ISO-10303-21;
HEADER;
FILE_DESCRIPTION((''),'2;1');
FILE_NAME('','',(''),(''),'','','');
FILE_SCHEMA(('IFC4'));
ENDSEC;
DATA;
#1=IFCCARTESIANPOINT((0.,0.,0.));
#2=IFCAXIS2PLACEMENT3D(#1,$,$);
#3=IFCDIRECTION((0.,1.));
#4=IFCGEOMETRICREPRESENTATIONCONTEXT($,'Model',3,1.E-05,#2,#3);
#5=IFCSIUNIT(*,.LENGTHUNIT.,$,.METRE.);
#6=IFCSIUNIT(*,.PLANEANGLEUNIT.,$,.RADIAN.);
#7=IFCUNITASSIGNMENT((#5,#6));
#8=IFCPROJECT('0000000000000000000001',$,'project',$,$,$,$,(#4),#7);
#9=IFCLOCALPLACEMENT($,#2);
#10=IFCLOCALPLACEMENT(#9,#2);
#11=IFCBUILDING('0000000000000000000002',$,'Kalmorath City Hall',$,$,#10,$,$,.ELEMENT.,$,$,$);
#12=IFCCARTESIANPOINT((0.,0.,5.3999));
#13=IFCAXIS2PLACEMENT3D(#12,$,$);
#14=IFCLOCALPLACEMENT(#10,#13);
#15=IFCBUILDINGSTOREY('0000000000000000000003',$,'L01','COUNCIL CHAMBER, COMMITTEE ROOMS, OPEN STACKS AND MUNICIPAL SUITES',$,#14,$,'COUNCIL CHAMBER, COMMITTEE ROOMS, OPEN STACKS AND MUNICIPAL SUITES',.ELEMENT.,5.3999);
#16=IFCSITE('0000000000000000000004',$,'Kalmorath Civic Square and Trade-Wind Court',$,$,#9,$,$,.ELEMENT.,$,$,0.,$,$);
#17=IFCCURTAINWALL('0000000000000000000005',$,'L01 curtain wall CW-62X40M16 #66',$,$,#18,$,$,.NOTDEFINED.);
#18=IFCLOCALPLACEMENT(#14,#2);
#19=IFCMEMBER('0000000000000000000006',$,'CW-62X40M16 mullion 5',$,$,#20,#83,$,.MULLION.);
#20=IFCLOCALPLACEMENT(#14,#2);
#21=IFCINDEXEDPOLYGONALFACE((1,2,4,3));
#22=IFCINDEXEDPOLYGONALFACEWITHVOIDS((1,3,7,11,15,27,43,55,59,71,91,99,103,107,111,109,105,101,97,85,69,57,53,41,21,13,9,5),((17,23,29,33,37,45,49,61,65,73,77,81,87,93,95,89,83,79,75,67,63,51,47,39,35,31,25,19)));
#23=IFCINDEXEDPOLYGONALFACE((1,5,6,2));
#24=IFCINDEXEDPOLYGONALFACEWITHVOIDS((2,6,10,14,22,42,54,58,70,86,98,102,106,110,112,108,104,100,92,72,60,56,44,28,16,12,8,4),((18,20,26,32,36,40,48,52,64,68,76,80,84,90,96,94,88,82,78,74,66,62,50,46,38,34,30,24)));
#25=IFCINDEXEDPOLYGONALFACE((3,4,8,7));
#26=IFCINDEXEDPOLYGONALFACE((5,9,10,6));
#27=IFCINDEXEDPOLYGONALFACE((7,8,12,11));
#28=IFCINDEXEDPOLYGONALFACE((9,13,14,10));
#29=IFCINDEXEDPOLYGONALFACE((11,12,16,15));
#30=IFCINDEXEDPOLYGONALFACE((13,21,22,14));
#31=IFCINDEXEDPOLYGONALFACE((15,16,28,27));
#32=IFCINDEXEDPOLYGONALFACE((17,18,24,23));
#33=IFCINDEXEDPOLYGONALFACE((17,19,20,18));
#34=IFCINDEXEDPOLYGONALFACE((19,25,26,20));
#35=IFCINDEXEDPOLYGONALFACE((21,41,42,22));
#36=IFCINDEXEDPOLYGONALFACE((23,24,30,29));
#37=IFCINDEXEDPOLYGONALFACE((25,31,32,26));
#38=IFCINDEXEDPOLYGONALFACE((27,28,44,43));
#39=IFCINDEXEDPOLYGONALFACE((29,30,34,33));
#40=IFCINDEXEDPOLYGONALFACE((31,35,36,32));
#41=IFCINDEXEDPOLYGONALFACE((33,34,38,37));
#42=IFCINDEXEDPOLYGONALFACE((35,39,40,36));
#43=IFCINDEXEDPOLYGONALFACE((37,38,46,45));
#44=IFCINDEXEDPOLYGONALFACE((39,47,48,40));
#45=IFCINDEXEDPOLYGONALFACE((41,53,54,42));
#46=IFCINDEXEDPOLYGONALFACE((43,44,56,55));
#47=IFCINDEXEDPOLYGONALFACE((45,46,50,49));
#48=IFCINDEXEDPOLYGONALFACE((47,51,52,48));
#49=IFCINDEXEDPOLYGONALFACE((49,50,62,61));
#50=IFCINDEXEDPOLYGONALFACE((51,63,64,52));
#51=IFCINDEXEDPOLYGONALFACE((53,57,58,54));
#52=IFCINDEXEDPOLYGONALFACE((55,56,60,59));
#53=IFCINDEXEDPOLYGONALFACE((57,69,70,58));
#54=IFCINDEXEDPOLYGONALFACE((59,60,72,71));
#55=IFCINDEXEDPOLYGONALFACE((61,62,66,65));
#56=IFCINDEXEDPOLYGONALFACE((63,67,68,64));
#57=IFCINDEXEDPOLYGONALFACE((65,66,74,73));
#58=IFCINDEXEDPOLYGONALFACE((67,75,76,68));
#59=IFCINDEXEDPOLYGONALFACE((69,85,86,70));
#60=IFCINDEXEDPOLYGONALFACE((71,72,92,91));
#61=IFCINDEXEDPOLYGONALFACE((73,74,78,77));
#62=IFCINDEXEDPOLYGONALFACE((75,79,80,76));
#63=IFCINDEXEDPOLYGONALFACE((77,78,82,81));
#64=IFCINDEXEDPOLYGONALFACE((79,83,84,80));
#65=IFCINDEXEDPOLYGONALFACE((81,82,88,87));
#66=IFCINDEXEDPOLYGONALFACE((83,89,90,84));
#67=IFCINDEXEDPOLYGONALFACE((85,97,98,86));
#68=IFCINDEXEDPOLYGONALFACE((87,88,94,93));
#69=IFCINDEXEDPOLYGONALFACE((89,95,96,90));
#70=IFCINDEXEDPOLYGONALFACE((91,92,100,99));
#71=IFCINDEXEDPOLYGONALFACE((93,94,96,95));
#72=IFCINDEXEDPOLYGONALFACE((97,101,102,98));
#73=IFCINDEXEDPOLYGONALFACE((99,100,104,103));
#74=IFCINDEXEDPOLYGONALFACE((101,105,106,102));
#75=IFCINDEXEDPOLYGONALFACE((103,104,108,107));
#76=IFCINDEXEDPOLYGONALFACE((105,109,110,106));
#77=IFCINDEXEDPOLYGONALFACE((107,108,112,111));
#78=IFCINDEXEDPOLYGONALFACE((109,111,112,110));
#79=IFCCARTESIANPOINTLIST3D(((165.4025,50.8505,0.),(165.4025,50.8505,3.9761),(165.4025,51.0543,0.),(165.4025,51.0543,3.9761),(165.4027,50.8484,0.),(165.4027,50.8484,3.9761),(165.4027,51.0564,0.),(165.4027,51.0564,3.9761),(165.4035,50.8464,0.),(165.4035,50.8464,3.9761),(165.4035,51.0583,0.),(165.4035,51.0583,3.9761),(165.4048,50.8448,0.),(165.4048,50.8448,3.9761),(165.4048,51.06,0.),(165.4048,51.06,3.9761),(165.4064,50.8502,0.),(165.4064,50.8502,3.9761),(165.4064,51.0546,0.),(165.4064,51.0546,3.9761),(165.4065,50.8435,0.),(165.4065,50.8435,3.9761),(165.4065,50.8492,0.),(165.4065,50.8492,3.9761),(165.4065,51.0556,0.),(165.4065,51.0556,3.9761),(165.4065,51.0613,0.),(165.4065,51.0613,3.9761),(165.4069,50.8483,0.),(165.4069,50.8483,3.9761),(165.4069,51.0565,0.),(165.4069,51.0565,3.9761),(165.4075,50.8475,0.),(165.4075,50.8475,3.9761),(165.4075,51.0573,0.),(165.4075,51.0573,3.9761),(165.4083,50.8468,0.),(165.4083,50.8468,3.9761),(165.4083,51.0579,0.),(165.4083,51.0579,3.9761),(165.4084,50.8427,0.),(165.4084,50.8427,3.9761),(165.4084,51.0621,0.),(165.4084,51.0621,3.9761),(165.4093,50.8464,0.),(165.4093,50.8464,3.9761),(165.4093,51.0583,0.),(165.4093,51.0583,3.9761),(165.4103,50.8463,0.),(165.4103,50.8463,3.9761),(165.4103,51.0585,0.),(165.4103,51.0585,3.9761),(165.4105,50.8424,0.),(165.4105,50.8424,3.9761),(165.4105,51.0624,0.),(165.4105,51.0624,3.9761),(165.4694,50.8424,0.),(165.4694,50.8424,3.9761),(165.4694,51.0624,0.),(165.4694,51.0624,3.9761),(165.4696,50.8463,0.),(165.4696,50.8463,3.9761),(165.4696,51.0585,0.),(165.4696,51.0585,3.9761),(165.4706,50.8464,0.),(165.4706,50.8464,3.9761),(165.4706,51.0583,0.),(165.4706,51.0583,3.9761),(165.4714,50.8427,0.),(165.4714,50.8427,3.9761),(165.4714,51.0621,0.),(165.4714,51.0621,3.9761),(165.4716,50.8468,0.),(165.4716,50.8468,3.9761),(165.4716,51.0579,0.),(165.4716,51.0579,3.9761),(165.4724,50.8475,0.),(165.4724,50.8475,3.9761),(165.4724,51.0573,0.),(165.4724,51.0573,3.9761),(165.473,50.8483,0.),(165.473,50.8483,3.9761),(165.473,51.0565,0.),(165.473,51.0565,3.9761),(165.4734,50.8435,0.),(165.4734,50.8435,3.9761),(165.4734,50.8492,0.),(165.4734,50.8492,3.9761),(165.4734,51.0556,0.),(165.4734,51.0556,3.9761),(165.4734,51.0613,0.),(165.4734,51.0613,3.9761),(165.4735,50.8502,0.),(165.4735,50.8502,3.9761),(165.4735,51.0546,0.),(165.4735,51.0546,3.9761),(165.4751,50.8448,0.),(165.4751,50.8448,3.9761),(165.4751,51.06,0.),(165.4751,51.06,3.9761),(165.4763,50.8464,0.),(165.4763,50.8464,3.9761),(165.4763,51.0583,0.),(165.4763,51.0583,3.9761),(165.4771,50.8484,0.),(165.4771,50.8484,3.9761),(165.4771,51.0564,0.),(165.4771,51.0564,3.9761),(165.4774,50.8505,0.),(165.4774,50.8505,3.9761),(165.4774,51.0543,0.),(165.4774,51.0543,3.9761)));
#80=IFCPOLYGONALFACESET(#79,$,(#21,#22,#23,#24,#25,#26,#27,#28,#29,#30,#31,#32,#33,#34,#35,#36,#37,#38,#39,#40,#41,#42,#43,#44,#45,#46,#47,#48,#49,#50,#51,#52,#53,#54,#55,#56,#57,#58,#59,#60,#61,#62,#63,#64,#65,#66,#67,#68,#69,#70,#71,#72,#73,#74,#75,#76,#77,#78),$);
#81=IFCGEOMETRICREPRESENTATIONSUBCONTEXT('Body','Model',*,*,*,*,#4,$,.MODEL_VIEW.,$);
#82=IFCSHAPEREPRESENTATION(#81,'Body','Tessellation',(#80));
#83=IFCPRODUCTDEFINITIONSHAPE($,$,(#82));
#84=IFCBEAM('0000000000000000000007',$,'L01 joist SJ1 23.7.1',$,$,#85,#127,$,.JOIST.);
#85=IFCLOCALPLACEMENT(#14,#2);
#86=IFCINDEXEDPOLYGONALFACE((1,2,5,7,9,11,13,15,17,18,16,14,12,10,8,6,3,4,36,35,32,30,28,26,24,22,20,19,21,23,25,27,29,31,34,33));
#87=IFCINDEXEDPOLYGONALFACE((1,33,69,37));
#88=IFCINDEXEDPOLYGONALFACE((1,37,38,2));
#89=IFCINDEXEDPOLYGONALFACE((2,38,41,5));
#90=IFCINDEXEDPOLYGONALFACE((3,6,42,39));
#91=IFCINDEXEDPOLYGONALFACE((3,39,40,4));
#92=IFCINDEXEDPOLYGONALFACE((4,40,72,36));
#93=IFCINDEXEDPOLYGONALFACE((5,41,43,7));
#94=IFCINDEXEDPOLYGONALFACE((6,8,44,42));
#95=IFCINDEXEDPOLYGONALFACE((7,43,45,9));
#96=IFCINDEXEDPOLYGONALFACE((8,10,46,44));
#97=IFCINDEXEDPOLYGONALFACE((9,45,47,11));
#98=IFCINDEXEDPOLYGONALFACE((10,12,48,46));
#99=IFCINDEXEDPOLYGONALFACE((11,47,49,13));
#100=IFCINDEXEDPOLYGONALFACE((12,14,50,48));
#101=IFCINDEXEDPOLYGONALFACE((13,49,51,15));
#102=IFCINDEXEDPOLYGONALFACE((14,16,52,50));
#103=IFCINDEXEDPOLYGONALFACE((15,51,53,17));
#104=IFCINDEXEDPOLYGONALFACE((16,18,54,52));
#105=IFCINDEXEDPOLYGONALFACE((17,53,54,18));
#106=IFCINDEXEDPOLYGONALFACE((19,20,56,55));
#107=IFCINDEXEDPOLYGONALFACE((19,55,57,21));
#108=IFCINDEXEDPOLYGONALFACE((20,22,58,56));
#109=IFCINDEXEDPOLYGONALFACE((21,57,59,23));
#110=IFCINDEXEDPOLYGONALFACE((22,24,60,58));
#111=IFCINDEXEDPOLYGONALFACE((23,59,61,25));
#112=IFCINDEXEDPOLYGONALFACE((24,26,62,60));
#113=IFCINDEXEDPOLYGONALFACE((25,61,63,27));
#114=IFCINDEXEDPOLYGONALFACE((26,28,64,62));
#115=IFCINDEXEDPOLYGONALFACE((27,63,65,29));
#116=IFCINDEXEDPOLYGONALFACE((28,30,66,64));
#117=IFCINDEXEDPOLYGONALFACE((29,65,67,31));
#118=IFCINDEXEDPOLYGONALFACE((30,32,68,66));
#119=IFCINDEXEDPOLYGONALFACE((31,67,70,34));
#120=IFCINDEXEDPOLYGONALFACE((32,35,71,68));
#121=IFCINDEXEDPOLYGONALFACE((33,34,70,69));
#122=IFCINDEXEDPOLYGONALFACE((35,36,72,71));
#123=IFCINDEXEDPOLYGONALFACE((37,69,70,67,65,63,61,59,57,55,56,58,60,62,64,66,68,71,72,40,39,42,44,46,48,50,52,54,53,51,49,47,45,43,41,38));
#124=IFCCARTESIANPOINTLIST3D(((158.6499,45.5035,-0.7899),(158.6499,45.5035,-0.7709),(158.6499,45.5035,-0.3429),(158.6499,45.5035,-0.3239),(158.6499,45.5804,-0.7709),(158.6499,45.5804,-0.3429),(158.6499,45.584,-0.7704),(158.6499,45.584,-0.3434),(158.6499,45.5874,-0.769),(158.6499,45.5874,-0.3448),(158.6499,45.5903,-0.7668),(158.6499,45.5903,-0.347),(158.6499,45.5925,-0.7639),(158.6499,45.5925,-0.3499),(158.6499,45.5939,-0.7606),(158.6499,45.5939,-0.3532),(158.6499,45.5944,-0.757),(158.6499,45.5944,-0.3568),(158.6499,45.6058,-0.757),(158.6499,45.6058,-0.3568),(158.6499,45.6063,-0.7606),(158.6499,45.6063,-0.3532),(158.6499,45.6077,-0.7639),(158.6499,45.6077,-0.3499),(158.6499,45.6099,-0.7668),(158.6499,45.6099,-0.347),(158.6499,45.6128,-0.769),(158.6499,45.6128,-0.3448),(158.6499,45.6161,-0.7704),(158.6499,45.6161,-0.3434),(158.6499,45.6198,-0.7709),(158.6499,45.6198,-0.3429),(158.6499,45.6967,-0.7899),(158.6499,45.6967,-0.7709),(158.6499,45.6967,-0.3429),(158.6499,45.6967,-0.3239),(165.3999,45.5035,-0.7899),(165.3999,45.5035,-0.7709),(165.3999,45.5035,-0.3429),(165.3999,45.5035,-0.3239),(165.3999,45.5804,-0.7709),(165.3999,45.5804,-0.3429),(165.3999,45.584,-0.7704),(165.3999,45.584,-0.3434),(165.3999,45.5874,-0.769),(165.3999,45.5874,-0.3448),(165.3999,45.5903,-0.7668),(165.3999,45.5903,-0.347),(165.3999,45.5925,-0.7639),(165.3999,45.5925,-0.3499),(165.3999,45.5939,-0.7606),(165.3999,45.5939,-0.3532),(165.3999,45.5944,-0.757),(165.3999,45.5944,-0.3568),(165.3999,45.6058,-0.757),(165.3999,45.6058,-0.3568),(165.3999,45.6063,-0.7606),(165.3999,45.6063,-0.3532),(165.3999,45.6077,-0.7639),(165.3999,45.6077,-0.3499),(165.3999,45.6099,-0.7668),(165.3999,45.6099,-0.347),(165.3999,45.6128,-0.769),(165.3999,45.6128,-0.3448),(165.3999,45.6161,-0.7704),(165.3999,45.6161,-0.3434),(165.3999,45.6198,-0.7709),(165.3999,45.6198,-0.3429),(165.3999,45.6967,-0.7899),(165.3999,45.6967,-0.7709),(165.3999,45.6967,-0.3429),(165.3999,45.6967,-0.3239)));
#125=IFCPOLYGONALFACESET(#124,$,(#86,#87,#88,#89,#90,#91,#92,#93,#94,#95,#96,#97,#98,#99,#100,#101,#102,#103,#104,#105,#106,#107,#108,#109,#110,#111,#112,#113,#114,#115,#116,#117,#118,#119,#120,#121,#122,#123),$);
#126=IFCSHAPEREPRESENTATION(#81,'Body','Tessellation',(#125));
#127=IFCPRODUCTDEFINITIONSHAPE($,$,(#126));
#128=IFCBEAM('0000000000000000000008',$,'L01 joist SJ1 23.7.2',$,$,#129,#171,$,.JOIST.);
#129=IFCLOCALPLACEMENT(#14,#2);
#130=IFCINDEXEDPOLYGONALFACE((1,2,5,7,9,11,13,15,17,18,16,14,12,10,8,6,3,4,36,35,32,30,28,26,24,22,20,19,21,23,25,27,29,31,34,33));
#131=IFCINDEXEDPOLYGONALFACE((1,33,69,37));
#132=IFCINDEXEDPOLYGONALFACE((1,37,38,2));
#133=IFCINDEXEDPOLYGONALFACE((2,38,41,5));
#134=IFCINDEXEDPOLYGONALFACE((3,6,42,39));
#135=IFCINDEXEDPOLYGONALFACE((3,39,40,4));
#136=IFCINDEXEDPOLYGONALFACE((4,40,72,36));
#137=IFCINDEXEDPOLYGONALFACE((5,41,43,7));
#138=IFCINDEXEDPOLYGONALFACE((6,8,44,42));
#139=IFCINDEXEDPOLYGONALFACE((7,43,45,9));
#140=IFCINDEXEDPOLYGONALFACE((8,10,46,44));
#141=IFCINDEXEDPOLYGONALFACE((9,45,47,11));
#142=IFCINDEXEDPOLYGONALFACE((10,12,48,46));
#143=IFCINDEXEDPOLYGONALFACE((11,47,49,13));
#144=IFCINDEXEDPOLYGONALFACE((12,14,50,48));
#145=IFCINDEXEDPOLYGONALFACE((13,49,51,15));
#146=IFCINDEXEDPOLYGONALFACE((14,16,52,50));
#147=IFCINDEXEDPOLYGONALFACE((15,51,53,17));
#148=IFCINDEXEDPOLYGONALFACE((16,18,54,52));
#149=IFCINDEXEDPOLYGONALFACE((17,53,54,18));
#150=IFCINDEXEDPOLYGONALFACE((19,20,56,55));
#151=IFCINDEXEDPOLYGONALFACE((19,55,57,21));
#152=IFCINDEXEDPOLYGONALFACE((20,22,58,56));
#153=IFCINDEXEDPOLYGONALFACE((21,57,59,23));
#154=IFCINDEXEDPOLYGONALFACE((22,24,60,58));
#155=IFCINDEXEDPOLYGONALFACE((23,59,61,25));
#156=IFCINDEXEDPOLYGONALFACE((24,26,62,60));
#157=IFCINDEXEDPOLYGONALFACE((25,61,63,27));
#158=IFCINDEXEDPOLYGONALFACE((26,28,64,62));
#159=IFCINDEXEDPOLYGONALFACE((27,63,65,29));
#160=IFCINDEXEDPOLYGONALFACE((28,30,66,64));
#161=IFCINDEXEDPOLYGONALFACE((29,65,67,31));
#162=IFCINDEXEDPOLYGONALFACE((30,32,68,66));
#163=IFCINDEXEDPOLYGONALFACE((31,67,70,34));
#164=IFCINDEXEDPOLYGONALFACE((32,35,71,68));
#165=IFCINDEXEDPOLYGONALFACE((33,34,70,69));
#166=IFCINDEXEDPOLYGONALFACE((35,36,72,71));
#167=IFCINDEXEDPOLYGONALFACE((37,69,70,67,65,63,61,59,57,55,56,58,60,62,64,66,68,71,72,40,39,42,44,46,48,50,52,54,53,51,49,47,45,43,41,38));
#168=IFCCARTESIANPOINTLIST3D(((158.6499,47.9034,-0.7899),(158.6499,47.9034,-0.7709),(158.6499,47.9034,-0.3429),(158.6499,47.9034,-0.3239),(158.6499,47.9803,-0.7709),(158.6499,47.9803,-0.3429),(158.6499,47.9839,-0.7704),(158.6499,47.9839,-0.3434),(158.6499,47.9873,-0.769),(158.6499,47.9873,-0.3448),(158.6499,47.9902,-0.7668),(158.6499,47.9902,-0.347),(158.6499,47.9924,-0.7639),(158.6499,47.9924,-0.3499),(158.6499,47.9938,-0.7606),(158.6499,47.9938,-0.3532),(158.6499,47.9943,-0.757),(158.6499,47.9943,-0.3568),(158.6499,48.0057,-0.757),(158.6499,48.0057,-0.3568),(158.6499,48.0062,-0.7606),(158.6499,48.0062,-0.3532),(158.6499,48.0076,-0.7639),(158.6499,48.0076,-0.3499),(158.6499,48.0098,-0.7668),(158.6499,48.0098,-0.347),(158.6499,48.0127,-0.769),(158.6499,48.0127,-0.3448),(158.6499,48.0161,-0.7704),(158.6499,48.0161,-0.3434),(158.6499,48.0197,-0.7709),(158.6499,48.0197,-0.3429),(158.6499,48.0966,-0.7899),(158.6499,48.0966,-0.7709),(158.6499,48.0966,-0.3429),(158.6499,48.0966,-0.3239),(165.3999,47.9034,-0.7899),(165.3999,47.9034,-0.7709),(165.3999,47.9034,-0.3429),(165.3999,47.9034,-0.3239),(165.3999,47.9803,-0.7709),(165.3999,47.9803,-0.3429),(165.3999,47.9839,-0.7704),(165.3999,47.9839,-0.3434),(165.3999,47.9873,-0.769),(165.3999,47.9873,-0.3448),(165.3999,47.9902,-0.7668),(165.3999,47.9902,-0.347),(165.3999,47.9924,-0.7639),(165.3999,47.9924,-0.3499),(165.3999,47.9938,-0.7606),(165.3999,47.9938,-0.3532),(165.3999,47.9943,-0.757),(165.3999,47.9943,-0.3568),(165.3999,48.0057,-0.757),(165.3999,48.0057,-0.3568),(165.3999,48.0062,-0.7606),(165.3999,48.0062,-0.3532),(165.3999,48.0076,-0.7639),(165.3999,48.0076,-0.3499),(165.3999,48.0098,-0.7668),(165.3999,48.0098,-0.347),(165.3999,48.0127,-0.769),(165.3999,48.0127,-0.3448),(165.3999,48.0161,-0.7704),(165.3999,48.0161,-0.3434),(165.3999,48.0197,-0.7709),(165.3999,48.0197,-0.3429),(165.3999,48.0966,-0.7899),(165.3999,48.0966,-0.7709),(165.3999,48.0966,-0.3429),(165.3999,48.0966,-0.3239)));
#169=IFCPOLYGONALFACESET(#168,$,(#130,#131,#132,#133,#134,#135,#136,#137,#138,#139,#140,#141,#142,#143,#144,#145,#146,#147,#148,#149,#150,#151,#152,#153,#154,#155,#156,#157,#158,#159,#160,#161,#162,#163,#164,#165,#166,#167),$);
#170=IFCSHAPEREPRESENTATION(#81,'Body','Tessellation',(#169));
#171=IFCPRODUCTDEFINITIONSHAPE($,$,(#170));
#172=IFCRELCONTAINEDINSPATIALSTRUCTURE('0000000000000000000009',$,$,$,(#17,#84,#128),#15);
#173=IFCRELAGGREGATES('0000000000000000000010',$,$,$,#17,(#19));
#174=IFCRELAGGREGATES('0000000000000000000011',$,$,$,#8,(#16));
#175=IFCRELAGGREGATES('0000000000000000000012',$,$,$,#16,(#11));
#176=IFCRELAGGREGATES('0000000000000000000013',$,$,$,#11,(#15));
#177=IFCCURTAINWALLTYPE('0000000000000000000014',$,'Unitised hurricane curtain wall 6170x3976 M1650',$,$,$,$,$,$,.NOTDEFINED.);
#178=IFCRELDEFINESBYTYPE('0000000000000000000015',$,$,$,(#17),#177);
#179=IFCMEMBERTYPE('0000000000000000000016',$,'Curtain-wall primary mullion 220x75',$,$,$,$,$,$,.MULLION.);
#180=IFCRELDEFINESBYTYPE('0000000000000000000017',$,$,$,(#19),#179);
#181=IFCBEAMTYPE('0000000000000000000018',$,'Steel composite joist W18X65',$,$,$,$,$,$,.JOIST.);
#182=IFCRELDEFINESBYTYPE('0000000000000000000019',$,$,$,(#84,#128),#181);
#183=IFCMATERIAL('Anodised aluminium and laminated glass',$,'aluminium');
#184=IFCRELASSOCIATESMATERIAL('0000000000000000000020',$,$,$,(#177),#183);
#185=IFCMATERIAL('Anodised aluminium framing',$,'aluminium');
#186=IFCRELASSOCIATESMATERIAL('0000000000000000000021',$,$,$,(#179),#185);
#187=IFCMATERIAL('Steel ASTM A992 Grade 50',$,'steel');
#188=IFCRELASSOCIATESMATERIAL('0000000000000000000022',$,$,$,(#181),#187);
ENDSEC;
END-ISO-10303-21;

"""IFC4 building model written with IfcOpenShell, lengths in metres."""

from ifc_helpers import new_model, si_unit, direction, frame, origin, origin_2d, place, context, subcontext, project, spatial, hollow_rectangle, i_section, extrude, material, material_profile, profile_set, type_object, element, aggregate, save


model = new_model("IFC4")

# Units and contexts
model_context = context("Model", 3, precision=1e-05, world=origin(), true_north=direction((0.0, 1.0)))
body_context = subcontext(model_context, "Body", "Model", "MODEL_VIEW")
ifc_project = project(units=[si_unit("LENGTHUNIT", "METRE"), si_unit("PLANEANGLEUNIT", "RADIAN")], contexts=[model_context])

# Site, building, storey
site_placement = place(None, origin())
site = spatial("IfcSite", under=ifc_project, at=site_placement, Name="Kalmorath Civic Square and Trade-Wind Court", CompositionType="ELEMENT", RefElevation=0.0)
building_placement = place(site_placement, origin())
building = spatial("IfcBuilding", under=site, at=building_placement, Name="Kalmorath City Hall", CompositionType="ELEMENT")
storey_placement = place(building_placement, frame((0.0, 0.0, 5.3999)))
storey = spatial("IfcBuildingStorey", under=building, at=storey_placement, Name="L01", Description="COUNCIL CHAMBER, COMMITTEE ROOMS, OPEN STACKS AND MUNICIPAL SUITES", LongName="COUNCIL CHAMBER, COMMITTEE ROOMS, OPEN STACKS AND MUNICIPAL SUITES", CompositionType="ELEMENT", Elevation=5.3999)

# Curtain wall, member
ifc_material_1 = material(Name="Anodised aluminium and laminated glass", Category="aluminium")
curtain_wall_type = type_object("IfcCurtainWallType", Name="Unitised hurricane curtain wall 6170x3976 M1650", PredefinedType="NOTDEFINED", material=ifc_material_1)
curtain_wall_placement = place(storey_placement, origin())
curtain_wall = element("IfcCurtainWall", 1, at=curtain_wall_placement, inside=storey, type_object=curtain_wall_type, Name="L01 curtain wall CW-62X40M16 #66", PredefinedType="NOTDEFINED")
ifc_material_2 = material(Name="Anodised aluminium framing", Category="aluminium")
ifc_material_profile_1 = material_profile(ifc_material_2, hollow_rectangle(XDim=0.075, YDim=0.22, WallThickness=0.0039, InnerFilletRadius=0.0039, OuterFilletRadius=0.0081, at=origin_2d()), Name="ALU-MUL-220X75X4")
ifc_profile_set_1 = profile_set([ifc_material_profile_1], Name="Anodised aluminium framing")
member_type = type_object("IfcMemberType", Name="Curtain-wall primary mullion 220x75", PredefinedType="MULLION", material=ifc_profile_set_1)
member_placement = place(storey_placement, frame((165.4399, 50.9524, 0.0), z_axis=(0.0, 0.0, 1.0), x_axis=(1.0, 0.0, 0.0)))
member = element("IfcMember", 2, at=member_placement, type_object=member_type, Name="CW-62X40M16 mullion 5", PredefinedType="MULLION", context=body_context, shape_type="SweptSolid", body=[
    extrude(hollow_rectangle(XDim=0.075, YDim=0.22, WallThickness=0.0039, InnerFilletRadius=0.0039, OuterFilletRadius=0.0081, at=origin_2d()), origin(), (0.0, 0.0, 1.0), 3.9761),
])

# Beams
ifc_material_3 = material(Name="Steel ASTM A992 Grade 50", Category="steel")
ifc_material_profile_2 = material_profile(ifc_material_3, i_section(OverallWidth=0.1931, OverallDepth=0.4661, WebThickness=0.0115, FlangeThickness=0.019, FilletRadius=0.0139, at=origin_2d()), Name="W18X65")
ifc_profile_set_2 = profile_set([ifc_material_profile_2], Name="Steel ASTM A992 Grade 50")
beam_type_1 = type_object("IfcBeamType", Name="Steel composite joist W18X65", PredefinedType="JOIST", material=ifc_profile_set_2)
for number, where, z_axis, x_axis, name in (
    (3, (158.6499, 45.6001, -0.5569), (1.0, 0.0, 0.0), (0.0, 1.0, 0.0), "L01 joist SJ1 23.7.1"),
    (4, (158.6499, 48.0, -0.5569), (1.0, 0.0, 0.0), (0.0, 1.0, 0.0), "L01 joist SJ1 23.7.2"),
):
    element("IfcBeam", number, at=place(storey_placement, frame(where, z_axis=z_axis, x_axis=x_axis)), inside=storey, type_object=beam_type_1, Name=name, PredefinedType="JOIST", context=body_context, shape_type="SweptSolid", body=[
        extrude(i_section(OverallWidth=0.1931, OverallDepth=0.4661, WebThickness=0.0115, FlangeThickness=0.019, FilletRadius=0.0139, at=origin_2d()), origin(), (0.0, 0.0, 1.0), 6.75),
    ])

aggregate(curtain_wall, [member])

save(model, "model.ifc")
